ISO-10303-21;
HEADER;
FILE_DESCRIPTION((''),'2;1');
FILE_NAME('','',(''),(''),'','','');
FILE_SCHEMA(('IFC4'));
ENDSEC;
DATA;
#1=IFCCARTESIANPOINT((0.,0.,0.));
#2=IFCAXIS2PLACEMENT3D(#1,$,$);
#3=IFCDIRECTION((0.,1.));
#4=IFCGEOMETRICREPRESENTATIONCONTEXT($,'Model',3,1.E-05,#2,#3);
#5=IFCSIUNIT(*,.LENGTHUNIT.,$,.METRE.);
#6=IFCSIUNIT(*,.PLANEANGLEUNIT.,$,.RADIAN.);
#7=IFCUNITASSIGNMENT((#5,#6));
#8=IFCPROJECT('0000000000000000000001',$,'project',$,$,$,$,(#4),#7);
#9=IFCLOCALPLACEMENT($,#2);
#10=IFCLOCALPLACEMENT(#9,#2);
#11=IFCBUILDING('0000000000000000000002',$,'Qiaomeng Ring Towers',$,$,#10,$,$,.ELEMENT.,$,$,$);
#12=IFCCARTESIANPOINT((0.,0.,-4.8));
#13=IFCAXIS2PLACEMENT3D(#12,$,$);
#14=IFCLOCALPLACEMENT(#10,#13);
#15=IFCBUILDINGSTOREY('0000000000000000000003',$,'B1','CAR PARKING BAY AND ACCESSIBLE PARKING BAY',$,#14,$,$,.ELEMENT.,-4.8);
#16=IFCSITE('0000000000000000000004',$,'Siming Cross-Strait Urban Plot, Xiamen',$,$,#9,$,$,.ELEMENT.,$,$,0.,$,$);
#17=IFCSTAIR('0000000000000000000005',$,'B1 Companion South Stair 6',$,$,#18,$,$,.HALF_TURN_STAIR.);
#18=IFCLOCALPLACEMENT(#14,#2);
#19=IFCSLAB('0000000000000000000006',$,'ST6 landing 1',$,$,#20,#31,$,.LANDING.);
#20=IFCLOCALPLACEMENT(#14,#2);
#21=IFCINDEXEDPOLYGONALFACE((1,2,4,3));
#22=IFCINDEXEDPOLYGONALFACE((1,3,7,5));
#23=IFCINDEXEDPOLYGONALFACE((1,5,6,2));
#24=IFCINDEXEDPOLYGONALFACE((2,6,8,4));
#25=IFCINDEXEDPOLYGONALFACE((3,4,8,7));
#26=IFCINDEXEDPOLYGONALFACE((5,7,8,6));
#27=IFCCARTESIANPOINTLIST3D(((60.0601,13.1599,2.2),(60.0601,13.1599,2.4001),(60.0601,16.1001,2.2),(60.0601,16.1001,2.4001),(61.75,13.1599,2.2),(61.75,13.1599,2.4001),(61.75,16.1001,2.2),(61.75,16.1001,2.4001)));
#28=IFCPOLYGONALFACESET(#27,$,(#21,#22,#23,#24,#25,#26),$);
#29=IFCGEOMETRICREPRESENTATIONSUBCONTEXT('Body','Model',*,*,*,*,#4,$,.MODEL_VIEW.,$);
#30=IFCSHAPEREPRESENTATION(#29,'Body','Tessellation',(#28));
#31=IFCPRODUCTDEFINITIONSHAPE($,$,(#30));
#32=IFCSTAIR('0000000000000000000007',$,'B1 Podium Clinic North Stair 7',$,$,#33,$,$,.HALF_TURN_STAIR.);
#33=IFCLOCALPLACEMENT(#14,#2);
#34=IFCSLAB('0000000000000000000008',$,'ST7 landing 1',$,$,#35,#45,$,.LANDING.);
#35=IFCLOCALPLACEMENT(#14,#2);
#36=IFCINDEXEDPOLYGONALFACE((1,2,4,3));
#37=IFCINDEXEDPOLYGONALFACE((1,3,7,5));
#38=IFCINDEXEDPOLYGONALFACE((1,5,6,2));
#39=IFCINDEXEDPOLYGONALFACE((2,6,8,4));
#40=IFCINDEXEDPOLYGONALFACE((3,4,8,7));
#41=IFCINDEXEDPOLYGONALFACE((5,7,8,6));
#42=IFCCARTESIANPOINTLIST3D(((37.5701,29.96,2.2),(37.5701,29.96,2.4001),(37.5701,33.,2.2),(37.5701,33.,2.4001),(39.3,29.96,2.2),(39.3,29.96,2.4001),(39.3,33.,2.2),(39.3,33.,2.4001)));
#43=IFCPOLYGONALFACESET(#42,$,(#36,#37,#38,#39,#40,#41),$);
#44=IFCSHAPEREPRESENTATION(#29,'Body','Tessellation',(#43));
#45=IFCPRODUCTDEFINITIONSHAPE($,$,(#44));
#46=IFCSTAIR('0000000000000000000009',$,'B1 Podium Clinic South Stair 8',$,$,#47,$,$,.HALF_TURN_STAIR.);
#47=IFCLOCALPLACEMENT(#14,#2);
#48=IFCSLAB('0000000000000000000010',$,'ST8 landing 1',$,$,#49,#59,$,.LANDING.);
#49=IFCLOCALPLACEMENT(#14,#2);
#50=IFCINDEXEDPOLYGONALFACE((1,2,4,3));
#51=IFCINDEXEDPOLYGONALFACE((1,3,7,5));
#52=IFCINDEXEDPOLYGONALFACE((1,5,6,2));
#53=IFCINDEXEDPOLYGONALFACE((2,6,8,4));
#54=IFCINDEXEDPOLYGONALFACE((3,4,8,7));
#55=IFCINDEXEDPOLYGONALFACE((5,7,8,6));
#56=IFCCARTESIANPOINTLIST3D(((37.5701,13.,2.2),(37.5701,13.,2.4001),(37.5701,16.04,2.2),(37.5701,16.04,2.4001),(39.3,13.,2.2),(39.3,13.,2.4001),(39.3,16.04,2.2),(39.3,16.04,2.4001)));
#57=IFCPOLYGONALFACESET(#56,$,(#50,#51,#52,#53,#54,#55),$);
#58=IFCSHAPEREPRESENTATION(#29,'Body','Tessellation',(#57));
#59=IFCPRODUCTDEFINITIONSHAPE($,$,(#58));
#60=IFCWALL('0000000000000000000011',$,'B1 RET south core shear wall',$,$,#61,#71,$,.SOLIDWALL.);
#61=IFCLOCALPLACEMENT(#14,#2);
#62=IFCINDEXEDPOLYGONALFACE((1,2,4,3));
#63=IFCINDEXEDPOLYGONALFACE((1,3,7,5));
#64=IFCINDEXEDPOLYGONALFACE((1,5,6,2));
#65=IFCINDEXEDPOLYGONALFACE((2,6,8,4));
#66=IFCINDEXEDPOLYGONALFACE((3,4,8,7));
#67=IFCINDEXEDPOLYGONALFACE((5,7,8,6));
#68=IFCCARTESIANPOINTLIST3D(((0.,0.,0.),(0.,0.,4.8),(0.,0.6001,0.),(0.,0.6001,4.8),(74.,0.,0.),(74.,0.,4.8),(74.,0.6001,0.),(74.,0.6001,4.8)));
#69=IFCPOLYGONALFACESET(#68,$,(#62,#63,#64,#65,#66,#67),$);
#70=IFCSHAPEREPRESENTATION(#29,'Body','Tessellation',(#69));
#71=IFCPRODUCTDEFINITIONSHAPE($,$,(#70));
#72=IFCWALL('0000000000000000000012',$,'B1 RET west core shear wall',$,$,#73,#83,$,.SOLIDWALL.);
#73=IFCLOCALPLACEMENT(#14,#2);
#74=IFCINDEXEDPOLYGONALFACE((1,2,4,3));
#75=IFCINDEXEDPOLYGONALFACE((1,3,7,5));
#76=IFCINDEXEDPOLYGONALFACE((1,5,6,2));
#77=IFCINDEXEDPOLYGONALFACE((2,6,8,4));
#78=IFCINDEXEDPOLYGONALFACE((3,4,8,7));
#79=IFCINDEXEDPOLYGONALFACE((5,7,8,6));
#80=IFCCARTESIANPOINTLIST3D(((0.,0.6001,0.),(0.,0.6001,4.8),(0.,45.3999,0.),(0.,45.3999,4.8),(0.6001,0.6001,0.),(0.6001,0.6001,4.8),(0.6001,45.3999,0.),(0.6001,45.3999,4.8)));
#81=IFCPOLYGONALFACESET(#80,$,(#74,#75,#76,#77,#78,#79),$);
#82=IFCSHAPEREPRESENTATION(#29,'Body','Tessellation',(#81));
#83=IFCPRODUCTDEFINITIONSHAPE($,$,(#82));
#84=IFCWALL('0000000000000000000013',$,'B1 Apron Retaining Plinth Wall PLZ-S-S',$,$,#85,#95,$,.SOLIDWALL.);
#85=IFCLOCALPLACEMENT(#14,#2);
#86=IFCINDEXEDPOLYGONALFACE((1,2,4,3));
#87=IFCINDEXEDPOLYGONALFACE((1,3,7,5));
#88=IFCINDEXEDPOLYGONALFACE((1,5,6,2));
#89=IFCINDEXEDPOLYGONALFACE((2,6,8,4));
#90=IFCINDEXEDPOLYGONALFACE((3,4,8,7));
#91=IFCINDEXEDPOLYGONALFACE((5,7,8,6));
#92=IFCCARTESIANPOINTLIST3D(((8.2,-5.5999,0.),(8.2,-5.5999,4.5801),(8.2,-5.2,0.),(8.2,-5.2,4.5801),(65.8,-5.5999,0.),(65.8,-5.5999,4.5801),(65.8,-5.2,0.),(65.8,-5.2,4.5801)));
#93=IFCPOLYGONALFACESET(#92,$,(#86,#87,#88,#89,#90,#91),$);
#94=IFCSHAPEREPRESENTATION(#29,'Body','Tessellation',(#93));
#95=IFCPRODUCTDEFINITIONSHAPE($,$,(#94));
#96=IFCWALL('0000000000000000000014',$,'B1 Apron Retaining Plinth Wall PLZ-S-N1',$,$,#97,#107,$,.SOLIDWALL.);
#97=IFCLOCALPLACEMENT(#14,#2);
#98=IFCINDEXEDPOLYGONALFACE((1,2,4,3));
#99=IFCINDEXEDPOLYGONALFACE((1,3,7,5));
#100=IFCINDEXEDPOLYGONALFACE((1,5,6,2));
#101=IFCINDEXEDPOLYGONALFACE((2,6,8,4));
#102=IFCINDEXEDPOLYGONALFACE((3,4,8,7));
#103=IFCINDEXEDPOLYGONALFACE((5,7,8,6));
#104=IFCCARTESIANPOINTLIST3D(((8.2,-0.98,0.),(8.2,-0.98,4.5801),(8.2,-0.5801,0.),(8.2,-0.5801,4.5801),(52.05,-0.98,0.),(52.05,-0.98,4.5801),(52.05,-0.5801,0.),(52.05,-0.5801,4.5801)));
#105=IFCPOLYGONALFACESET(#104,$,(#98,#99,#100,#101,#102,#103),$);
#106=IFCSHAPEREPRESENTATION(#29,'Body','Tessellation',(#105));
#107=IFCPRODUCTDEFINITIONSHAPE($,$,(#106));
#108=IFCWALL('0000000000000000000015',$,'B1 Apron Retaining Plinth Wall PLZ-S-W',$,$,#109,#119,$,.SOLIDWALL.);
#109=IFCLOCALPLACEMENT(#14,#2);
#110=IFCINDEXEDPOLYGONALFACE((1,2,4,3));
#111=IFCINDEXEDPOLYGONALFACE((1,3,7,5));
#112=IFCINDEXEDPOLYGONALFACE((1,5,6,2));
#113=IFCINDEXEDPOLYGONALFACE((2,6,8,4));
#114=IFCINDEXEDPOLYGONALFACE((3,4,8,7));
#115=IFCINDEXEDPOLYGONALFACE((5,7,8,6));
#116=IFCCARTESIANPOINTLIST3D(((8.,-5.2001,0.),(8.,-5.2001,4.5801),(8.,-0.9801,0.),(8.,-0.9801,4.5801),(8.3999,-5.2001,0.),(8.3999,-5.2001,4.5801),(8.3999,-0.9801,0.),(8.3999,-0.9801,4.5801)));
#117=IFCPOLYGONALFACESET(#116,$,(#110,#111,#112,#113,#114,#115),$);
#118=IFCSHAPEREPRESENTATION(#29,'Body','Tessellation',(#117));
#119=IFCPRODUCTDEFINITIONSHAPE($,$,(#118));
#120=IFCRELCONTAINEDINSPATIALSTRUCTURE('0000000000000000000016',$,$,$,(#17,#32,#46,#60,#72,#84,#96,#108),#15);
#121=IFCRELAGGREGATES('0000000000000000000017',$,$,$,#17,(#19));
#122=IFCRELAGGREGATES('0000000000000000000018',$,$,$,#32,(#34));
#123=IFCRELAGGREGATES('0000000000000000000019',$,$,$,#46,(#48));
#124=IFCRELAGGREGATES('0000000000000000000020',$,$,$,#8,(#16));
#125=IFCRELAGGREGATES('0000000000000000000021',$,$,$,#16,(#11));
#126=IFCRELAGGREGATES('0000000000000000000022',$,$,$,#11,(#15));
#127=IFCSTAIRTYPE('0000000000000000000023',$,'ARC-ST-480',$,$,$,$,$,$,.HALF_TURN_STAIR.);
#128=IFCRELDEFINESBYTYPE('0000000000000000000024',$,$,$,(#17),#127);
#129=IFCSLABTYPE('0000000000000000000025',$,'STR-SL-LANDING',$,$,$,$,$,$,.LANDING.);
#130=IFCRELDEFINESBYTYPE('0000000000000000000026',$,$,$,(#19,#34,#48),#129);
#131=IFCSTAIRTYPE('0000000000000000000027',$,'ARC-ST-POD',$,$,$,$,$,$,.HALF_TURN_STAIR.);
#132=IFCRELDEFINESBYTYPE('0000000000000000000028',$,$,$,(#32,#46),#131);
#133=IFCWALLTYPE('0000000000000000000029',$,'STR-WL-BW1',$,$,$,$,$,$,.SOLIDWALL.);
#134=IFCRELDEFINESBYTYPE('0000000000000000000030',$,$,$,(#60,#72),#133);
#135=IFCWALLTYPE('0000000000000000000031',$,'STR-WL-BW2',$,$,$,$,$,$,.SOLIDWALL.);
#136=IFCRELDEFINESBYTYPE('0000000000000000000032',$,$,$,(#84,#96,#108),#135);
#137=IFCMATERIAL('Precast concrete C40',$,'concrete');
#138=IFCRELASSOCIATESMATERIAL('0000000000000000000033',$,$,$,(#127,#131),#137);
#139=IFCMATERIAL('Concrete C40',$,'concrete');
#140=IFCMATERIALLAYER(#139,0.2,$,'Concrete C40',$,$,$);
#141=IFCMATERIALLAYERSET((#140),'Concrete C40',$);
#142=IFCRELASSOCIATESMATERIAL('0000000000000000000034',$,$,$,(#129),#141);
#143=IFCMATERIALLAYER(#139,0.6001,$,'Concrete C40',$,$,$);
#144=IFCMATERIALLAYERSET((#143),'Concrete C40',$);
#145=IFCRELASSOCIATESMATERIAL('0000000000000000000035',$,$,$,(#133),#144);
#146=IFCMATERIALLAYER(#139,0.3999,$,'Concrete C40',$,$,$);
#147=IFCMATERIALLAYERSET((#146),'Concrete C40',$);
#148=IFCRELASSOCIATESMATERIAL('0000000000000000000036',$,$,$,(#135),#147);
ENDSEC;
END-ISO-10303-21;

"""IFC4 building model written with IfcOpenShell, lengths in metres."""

from ifc_helpers import new_model, si_unit, direction, frame, frame_2d, origin, place, context, subcontext, project, spatial, polyline, rectangle, outline, extrude, material, layer, layer_set, type_object, element, aggregate, save


model = new_model("IFC4")

# Units and contexts
model_context = context("Model", 3, precision=1e-05, world=origin(), true_north=direction((0.0, 1.0)))
body_context = subcontext(model_context, "Body", "Model", "MODEL_VIEW")
ifc_project = project(units=[si_unit("LENGTHUNIT", "METRE"), si_unit("PLANEANGLEUNIT", "RADIAN")], contexts=[model_context])

# Site, building, storey
site_placement = place(None, origin())
site = spatial("IfcSite", under=ifc_project, at=site_placement, Name="Siming Cross-Strait Urban Plot, Xiamen", CompositionType="ELEMENT", RefElevation=0.0)
building_placement = place(site_placement, origin())
building = spatial("IfcBuilding", under=site, at=building_placement, Name="Qiaomeng Ring Towers", CompositionType="ELEMENT")
storey_placement = place(building_placement, frame((0.0, 0.0, -4.8)))
storey = spatial("IfcBuildingStorey", under=building, at=storey_placement, Name="B1", Description="CAR PARKING BAY AND ACCESSIBLE PARKING BAY", CompositionType="ELEMENT", Elevation=-4.8)

# Shared definitions
ifc_material_1 = material(Name="Concrete C40", Category="concrete")

# Stairs, slabs
ifc_material_2 = material(Name="Precast concrete C40", Category="concrete")
stair_type_1 = type_object("IfcStairType", Name="ARC-ST-480", PredefinedType="HALF_TURN_STAIR", material=ifc_material_2)
ifc_layer_1 = layer(ifc_material_1, 0.2, Name="Concrete C40")
ifc_layer_set_1 = layer_set([ifc_layer_1], Name="Concrete C40")
slab_type_1 = type_object("IfcSlabType", Name="STR-SL-LANDING", PredefinedType="LANDING", material=ifc_layer_set_1)
stair_1_placement = place(storey_placement, origin())
stair_1 = element("IfcStair", 1, at=stair_1_placement, inside=storey, type_object=stair_type_1, Name="B1 Companion South Stair 6", PredefinedType="HALF_TURN_STAIR")
slab_1_placement = place(storey_placement, frame((0.0, 0.0, 2.2)))
slab_1 = element("IfcSlab", 2, at=slab_1_placement, type_object=slab_type_1, Name="ST6 landing 1", PredefinedType="LANDING", context=body_context, shape_type="SweptSolid", body=[
    extrude(outline(polyline([(60.0601, 13.1599), (61.75, 13.1599), (61.75, 16.1001), (60.0601, 16.1001), (60.0601, 13.1599)])), origin(), (0.0, 0.0, 1.0), 0.2002),
])
aggregate(stair_1, [slab_1])
stair_type_2 = type_object("IfcStairType", Name="ARC-ST-POD", PredefinedType="HALF_TURN_STAIR", material=ifc_material_2)
stair_2_placement = place(storey_placement, origin())
stair_2 = element("IfcStair", 3, at=stair_2_placement, inside=storey, type_object=stair_type_2, Name="B1 Podium Clinic North Stair 7", PredefinedType="HALF_TURN_STAIR")
slab_2_placement = place(storey_placement, frame((0.0, 0.0, 2.2)))
slab_2 = element("IfcSlab", 4, at=slab_2_placement, type_object=slab_type_1, Name="ST7 landing 1", PredefinedType="LANDING", context=body_context, shape_type="SweptSolid", body=[
    extrude(outline(polyline([(37.5701, 29.96), (39.3, 29.96), (39.3, 33.0), (37.5701, 33.0), (37.5701, 29.96)])), origin(), (0.0, 0.0, 1.0), 0.2002),
])
aggregate(stair_2, [slab_2])
stair_3_placement = place(storey_placement, origin())
stair_3 = element("IfcStair", 5, at=stair_3_placement, inside=storey, type_object=stair_type_2, Name="B1 Podium Clinic South Stair 8", PredefinedType="HALF_TURN_STAIR")
slab_3_placement = place(storey_placement, frame((0.0, 0.0, 2.2)))
slab_3 = element("IfcSlab", 6, at=slab_3_placement, type_object=slab_type_1, Name="ST8 landing 1", PredefinedType="LANDING", context=body_context, shape_type="SweptSolid", body=[
    extrude(outline(polyline([(37.5701, 13.0), (39.3, 13.0), (39.3, 16.04), (37.5701, 16.04), (37.5701, 13.0)])), origin(), (0.0, 0.0, 1.0), 0.2002),
])
aggregate(stair_3, [slab_3])

# Walls
ifc_layer_2 = layer(ifc_material_1, 0.6001, Name="Concrete C40")
ifc_layer_set_2 = layer_set([ifc_layer_2], Name="Concrete C40")
wall_type_1 = type_object("IfcWallType", Name="STR-WL-BW1", PredefinedType="SOLIDWALL", material=ifc_layer_set_2)
wall_1_placement = place(storey_placement, frame((0.0, 0.3, 0.0), z_axis=(0.0, 0.0, 1.0), x_axis=(1.0, 0.0, 0.0)))
element("IfcWall", 7, at=wall_1_placement, inside=storey, type_object=wall_type_1, Name="B1 RET south core shear wall", PredefinedType="SOLIDWALL", context=body_context, shape_type="SweptSolid", body=[
    extrude(rectangle(XDim=74.0, YDim=0.6001, at=frame_2d((37.0, 0.0))), origin(), (0.0, 0.0, 1.0), 4.8),
])
wall_2_placement = place(storey_placement, frame((0.3, 0.6001, 0.0), z_axis=(0.0, 0.0, 1.0), x_axis=(0.0, 1.0, 0.0)))
element("IfcWall", 8, at=wall_2_placement, inside=storey, type_object=wall_type_1, Name="B1 RET west core shear wall", PredefinedType="SOLIDWALL", context=body_context, shape_type="SweptSolid", body=[
    extrude(rectangle(XDim=44.7998, YDim=0.6001, at=frame_2d((22.3999, 0.0))), origin(), (0.0, 0.0, 1.0), 4.8),
])
ifc_layer_3 = layer(ifc_material_1, 0.3999, Name="Concrete C40")
ifc_layer_set_3 = layer_set([ifc_layer_3], Name="Concrete C40")
wall_type_2 = type_object("IfcWallType", Name="STR-WL-BW2", PredefinedType="SOLIDWALL", material=ifc_layer_set_3)
wall_3_placement = place(storey_placement, frame((8.2, -5.3999, 0.0), z_axis=(0.0, 0.0, 1.0), x_axis=(1.0, 0.0, 0.0)))
element("IfcWall", 9, at=wall_3_placement, inside=storey, type_object=wall_type_2, Name="B1 Apron Retaining Plinth Wall PLZ-S-S", PredefinedType="SOLIDWALL", context=body_context, shape_type="SweptSolid", body=[
    extrude(rectangle(XDim=57.6001, YDim=0.3999, at=frame_2d((28.8, 0.0))), origin(), (0.0, 0.0, 1.0), 4.5801),
])
wall_4_placement = place(storey_placement, frame((8.2, -0.78, 0.0), z_axis=(0.0, 0.0, 1.0), x_axis=(1.0, 0.0, 0.0)))
element("IfcWall", 10, at=wall_4_placement, inside=storey, type_object=wall_type_2, Name="B1 Apron Retaining Plinth Wall PLZ-S-N1", PredefinedType="SOLIDWALL", context=body_context, shape_type="SweptSolid", body=[
    extrude(rectangle(XDim=43.8501, YDim=0.3999, at=frame_2d((21.925, 0.0))), origin(), (0.0, 0.0, 1.0), 4.5801),
])
wall_5_placement = place(storey_placement, frame((8.2, -5.2, 0.0), z_axis=(0.0, 0.0, 1.0), x_axis=(0.0, 1.0, 0.0)))
element("IfcWall", 11, at=wall_5_placement, inside=storey, type_object=wall_type_2, Name="B1 Apron Retaining Plinth Wall PLZ-S-W", PredefinedType="SOLIDWALL", context=body_context, shape_type="SweptSolid", body=[
    extrude(rectangle(XDim=4.22, YDim=0.3999, at=frame_2d((2.1099, 0.0))), origin(), (0.0, 0.0, 1.0), 4.5801),
])

save(model, "model.ifc")
